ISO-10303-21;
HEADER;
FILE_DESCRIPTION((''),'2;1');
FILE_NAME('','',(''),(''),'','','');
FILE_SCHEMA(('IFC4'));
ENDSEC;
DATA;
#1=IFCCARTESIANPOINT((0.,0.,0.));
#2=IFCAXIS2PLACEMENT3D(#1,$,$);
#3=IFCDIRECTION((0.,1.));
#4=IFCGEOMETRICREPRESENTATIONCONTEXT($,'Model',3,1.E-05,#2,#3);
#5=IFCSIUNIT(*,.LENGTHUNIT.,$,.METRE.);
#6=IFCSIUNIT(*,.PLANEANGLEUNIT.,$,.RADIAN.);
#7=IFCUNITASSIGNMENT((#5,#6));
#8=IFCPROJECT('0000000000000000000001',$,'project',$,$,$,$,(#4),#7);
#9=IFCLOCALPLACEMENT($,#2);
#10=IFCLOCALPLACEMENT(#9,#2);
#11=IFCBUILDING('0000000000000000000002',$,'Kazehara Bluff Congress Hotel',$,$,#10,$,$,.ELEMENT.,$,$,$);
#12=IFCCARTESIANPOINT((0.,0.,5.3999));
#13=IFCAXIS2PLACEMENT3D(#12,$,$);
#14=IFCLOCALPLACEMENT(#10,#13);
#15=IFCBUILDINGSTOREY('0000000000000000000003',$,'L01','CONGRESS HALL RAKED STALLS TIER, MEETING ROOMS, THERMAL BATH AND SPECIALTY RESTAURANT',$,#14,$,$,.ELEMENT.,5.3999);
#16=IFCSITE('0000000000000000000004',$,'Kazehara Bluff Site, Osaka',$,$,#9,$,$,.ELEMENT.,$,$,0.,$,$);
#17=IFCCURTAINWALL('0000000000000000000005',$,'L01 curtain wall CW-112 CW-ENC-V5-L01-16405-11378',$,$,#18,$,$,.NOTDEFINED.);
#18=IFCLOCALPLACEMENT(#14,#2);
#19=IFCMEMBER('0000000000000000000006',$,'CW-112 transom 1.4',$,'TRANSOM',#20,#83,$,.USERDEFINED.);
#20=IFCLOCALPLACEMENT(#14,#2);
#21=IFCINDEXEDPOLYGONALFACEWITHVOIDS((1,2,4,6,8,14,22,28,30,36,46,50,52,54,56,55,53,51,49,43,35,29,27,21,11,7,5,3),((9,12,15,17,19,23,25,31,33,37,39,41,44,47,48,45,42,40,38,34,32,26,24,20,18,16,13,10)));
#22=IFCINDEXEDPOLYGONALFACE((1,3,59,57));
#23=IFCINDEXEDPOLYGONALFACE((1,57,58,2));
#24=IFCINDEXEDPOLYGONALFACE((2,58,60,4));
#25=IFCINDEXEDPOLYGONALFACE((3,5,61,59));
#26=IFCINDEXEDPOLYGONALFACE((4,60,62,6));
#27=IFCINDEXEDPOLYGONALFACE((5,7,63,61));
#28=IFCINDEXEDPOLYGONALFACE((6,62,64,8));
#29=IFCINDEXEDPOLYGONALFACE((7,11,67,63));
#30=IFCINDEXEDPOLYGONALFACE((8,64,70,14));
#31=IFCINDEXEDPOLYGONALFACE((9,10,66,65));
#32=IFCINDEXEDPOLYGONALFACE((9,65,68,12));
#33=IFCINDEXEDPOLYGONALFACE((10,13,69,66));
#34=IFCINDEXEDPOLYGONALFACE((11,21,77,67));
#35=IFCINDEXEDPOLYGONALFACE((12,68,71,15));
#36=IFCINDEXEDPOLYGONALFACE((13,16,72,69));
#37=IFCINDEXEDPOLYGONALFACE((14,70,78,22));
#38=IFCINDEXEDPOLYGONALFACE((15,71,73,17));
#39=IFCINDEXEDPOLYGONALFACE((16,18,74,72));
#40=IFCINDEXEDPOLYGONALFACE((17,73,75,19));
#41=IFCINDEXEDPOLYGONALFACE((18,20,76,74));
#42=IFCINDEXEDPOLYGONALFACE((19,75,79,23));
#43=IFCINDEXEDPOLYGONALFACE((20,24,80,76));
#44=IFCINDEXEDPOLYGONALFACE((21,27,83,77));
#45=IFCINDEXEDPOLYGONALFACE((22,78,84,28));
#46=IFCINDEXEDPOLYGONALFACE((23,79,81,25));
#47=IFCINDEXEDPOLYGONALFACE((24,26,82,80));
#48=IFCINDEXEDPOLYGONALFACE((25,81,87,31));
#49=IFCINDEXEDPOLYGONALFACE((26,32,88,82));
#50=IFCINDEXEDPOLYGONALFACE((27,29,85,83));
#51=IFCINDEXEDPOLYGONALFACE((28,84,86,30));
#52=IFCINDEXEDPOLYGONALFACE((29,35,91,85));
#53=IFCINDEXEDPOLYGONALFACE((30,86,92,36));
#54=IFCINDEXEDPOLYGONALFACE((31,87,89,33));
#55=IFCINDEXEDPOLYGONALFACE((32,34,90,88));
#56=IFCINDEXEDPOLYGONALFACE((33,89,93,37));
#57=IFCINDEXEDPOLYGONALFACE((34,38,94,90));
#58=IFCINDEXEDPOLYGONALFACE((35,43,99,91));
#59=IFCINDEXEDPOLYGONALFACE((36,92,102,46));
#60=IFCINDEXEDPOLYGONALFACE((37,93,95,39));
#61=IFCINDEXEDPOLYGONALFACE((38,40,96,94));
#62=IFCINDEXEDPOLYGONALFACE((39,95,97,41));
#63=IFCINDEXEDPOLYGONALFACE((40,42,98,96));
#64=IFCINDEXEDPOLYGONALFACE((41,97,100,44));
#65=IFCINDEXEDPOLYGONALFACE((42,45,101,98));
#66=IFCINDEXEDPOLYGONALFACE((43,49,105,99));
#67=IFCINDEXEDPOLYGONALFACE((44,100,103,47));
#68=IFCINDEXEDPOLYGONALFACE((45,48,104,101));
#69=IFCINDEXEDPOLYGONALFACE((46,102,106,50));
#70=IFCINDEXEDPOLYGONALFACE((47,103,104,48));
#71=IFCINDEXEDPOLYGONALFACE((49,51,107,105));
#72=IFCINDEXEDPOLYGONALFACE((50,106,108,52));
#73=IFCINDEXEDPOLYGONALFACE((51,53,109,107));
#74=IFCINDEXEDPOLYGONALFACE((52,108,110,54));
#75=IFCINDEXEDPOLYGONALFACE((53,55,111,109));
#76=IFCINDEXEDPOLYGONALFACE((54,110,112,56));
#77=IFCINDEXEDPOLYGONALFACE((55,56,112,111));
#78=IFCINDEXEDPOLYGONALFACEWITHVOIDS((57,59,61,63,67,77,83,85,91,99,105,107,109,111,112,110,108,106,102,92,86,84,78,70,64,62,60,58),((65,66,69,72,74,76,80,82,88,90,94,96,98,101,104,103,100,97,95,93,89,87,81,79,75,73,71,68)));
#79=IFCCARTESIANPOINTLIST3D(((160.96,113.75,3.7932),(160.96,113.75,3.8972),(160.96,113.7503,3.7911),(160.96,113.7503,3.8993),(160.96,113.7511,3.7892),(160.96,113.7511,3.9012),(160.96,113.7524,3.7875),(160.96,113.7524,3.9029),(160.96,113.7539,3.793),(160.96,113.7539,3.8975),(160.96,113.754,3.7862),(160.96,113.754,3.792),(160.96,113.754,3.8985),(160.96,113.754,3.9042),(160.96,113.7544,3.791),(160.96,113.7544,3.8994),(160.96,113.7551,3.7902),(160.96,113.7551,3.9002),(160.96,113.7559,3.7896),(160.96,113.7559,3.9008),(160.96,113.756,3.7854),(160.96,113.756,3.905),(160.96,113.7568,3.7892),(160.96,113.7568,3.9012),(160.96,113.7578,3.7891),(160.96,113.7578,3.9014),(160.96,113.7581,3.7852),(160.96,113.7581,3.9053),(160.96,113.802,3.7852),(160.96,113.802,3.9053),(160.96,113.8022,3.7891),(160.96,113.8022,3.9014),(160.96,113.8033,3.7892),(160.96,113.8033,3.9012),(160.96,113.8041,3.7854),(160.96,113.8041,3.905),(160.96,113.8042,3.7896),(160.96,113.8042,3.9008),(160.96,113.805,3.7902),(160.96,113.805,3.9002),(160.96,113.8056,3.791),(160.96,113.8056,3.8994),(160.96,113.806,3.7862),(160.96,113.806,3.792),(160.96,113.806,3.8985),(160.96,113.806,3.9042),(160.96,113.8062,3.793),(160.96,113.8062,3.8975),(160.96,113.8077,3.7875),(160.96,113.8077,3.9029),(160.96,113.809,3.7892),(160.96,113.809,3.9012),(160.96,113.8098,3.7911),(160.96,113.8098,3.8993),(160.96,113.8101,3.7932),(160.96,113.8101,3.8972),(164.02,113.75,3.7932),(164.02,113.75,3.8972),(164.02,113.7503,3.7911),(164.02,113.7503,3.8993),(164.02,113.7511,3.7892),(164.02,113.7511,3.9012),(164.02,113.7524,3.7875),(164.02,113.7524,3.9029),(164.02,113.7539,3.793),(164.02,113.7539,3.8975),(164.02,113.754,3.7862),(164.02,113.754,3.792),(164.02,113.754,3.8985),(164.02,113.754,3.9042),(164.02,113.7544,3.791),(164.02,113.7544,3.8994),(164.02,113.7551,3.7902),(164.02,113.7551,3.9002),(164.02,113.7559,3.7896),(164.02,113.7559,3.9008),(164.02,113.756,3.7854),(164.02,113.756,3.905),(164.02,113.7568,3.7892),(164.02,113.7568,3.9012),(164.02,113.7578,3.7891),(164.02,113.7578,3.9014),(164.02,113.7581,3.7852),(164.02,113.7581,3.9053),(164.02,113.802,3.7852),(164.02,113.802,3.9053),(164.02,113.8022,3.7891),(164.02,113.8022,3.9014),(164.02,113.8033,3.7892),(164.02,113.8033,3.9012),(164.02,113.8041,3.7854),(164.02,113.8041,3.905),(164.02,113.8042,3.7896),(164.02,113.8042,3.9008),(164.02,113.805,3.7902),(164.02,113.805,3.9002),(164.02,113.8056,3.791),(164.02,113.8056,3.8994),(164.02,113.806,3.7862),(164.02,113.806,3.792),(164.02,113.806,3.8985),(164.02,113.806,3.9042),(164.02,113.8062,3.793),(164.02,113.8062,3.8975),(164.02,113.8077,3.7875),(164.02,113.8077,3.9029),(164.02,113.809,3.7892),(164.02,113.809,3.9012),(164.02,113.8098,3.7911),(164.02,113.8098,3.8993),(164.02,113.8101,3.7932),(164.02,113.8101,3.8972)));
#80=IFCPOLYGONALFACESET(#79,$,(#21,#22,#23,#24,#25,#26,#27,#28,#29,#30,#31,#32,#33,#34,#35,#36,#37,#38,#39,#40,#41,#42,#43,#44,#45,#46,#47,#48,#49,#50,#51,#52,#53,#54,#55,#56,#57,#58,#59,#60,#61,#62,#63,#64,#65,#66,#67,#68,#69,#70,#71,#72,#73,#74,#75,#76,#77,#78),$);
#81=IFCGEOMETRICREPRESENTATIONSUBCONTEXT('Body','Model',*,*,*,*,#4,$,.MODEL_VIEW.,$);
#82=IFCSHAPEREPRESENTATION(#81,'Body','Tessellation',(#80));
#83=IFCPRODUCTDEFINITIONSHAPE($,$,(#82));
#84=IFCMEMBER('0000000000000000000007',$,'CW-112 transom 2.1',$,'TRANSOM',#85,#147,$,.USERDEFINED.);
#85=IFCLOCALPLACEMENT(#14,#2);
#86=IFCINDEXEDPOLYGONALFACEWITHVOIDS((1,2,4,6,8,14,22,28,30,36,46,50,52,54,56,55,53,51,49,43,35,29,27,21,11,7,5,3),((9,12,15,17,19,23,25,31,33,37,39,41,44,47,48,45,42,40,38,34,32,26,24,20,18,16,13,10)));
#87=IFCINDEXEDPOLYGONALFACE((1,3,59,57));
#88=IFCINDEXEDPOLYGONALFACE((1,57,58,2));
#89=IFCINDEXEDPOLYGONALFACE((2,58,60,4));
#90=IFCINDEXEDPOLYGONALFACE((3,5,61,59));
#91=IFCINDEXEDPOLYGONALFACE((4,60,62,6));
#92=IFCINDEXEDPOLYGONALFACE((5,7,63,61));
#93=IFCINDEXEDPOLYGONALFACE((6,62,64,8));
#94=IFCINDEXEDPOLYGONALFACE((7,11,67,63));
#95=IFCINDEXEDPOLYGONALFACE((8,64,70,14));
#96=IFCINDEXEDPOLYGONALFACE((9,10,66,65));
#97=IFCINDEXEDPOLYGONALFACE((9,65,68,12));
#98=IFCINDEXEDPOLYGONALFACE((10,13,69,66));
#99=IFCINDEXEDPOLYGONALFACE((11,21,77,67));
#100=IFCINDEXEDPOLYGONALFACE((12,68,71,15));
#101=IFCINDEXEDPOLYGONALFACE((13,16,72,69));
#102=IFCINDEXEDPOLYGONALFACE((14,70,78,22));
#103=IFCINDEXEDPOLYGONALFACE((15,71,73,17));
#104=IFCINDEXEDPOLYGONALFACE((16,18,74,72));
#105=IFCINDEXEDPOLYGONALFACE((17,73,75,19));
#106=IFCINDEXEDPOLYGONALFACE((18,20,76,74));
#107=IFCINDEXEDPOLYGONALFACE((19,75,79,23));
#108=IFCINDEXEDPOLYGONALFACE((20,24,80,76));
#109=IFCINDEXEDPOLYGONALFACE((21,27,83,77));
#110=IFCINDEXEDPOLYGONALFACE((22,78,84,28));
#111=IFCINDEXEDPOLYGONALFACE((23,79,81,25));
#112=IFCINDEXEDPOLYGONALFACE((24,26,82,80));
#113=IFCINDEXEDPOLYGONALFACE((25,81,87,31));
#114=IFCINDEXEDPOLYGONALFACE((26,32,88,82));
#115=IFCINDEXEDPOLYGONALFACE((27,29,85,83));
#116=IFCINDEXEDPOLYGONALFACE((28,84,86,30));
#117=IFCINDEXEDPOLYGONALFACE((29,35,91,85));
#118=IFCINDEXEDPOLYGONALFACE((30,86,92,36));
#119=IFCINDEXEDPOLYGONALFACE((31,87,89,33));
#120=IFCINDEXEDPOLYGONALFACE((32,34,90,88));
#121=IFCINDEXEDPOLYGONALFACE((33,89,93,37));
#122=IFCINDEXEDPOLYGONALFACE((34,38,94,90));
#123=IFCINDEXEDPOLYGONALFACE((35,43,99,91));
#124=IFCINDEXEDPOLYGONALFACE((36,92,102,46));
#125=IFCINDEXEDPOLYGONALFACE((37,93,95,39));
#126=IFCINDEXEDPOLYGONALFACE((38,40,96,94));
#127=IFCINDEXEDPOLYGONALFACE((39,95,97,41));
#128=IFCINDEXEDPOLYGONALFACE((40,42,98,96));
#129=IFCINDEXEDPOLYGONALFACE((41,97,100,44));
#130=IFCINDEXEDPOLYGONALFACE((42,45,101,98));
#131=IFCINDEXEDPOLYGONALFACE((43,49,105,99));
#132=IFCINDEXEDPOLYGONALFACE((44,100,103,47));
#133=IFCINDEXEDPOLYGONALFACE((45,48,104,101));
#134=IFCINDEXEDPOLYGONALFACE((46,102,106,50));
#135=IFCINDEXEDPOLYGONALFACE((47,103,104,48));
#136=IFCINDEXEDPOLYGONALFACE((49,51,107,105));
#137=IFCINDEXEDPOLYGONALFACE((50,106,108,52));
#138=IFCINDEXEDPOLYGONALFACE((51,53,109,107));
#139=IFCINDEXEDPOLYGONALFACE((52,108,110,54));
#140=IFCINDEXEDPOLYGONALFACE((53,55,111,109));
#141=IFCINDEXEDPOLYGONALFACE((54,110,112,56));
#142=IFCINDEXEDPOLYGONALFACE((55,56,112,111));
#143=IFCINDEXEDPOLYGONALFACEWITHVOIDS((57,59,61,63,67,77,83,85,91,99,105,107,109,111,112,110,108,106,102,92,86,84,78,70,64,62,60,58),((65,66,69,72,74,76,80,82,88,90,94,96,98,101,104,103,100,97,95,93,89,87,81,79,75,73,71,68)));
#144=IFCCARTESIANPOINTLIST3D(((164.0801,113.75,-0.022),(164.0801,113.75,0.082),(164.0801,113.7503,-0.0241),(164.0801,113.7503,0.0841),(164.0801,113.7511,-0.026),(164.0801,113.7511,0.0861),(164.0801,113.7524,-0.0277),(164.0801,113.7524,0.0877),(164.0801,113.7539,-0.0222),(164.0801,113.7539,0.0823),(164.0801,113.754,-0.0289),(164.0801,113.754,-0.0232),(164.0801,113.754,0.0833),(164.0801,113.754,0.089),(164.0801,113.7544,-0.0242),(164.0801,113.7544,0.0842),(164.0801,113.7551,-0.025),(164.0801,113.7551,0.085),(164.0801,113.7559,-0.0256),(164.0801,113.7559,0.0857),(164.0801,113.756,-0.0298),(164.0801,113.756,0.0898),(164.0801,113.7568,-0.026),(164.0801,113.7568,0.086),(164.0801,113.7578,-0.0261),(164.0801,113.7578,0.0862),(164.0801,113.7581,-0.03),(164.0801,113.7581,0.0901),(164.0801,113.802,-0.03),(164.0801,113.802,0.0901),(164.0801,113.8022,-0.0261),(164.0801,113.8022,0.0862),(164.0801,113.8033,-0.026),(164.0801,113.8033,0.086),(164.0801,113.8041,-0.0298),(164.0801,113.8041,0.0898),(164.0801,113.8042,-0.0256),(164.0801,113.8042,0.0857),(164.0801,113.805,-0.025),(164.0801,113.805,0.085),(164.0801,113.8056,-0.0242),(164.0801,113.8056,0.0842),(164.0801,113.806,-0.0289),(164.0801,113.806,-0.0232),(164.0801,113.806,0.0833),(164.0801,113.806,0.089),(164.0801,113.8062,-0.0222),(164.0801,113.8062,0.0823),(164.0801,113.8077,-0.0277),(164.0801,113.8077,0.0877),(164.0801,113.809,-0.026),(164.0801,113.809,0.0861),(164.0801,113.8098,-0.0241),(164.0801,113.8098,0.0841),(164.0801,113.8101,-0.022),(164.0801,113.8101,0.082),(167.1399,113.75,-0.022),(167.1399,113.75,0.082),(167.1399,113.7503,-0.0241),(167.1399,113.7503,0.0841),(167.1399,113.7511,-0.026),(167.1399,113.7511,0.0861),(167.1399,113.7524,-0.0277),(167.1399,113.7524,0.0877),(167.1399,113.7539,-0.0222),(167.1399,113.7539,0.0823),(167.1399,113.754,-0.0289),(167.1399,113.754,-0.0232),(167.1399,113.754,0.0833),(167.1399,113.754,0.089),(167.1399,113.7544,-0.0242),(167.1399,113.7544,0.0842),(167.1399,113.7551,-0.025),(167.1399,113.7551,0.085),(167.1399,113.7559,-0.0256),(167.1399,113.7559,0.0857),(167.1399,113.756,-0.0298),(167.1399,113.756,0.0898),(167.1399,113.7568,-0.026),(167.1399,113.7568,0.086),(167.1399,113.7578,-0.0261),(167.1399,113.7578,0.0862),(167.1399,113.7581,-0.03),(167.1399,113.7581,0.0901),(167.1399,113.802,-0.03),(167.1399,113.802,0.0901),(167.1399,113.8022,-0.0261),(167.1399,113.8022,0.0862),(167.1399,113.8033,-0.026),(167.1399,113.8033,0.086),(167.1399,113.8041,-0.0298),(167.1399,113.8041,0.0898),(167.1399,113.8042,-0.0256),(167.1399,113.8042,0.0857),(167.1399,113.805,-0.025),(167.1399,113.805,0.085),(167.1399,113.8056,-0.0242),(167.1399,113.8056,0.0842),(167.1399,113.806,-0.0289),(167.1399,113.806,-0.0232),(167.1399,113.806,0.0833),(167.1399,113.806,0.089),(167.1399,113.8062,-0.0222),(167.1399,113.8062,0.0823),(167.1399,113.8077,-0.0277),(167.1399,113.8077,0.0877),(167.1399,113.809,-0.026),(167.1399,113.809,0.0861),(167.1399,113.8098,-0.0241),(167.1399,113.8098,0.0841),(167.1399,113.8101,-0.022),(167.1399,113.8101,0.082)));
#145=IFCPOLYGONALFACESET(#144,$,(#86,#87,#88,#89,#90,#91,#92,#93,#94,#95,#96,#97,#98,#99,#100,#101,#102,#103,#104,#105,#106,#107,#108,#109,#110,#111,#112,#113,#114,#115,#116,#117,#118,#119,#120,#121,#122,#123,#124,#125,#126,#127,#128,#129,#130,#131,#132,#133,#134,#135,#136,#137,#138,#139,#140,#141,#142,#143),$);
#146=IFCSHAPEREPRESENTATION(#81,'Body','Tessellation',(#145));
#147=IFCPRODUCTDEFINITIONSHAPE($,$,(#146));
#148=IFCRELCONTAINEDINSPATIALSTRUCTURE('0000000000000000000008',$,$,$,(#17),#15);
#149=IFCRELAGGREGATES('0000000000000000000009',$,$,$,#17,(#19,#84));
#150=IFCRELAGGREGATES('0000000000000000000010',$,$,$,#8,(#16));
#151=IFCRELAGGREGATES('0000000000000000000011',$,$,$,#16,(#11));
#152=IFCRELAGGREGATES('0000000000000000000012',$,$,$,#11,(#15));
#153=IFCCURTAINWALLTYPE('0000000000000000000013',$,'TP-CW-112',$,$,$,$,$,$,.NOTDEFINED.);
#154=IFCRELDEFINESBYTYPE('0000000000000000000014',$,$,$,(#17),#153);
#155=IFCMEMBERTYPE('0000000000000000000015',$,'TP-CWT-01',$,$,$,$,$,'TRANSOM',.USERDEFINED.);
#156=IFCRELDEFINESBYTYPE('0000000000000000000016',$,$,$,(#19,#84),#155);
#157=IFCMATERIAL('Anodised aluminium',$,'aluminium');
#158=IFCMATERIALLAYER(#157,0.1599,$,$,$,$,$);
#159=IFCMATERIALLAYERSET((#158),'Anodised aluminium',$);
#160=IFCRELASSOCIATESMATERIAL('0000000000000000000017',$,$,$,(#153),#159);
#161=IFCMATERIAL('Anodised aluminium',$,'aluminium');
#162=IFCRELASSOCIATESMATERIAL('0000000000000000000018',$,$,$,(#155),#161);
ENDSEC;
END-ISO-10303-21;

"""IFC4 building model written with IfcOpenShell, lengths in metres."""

from ifc_helpers import new_model, si_unit, direction, frame, origin, origin_2d, place, context, subcontext, project, spatial, hollow_rectangle, extrude, material, layer, layer_set, material_profile, profile_set, type_object, element, aggregate, save


model = new_model("IFC4")

# Units and contexts
model_context = context("Model", 3, precision=1e-05, world=origin(), true_north=direction((0.0, 1.0)))
body_context = subcontext(model_context, "Body", "Model", "MODEL_VIEW")
ifc_project = project(units=[si_unit("LENGTHUNIT", "METRE"), si_unit("PLANEANGLEUNIT", "RADIAN")], contexts=[model_context])

# Site, building, storey
site_placement = place(None, origin())
site = spatial("IfcSite", under=ifc_project, at=site_placement, Name="Kazehara Bluff Site, Osaka", CompositionType="ELEMENT", RefElevation=0.0)
building_placement = place(site_placement, origin())
building = spatial("IfcBuilding", under=site, at=building_placement, Name="Kazehara Bluff Congress Hotel", CompositionType="ELEMENT")
storey_placement = place(building_placement, frame((0.0, 0.0, 5.3999)))
storey = spatial("IfcBuildingStorey", under=building, at=storey_placement, Name="L01", Description="CONGRESS HALL RAKED STALLS TIER, MEETING ROOMS, THERMAL BATH AND SPECIALTY RESTAURANT", CompositionType="ELEMENT", Elevation=5.3999)

# Curtain wall
ifc_material_1 = material(Name="Anodised aluminium", Category="aluminium")
ifc_layer_1 = layer(ifc_material_1, 0.1599)
ifc_layer_set_1 = layer_set([ifc_layer_1], Name="Anodised aluminium")
curtain_wall_type_1 = type_object("IfcCurtainWallType", Name="TP-CW-112", PredefinedType="NOTDEFINED", material=ifc_layer_set_1)
curtain_wall_1_placement = place(storey_placement, origin())
curtain_wall_1 = element("IfcCurtainWall", 1, at=curtain_wall_1_placement, inside=storey, type_object=curtain_wall_type_1, Name="L01 curtain wall CW-112 CW-ENC-V5-L01-16405-11378", PredefinedType="NOTDEFINED")

# Members
ifc_material_2 = material(Name="Anodised aluminium", Category="aluminium")
ifc_material_profile_1 = material_profile(ifc_material_2, hollow_rectangle(XDim=0.0601, YDim=0.1201, WallThickness=0.0039, InnerFilletRadius=0.0039, OuterFilletRadius=0.0081, at=origin_2d()))
ifc_profile_set_1 = profile_set([ifc_material_profile_1], Name="Anodised aluminium")
member_type_1 = type_object("IfcMemberType", Name="TP-CWT-01", ElementType="TRANSOM", PredefinedType="USERDEFINED", material=ifc_profile_set_1)
member_1_placement = place(storey_placement, frame((160.96, 113.78, 3.8452), z_axis=(1.0, 0.0, 0.0), x_axis=(0.0, 1.0, 0.0)))
member_1 = element("IfcMember", 2, at=member_1_placement, type_object=member_type_1, Name="CW-112 transom 1.4", ObjectType="TRANSOM", PredefinedType="USERDEFINED", context=body_context, shape_type="SweptSolid", body=[
    extrude(hollow_rectangle(XDim=0.0601, YDim=0.1201, WallThickness=0.0039, InnerFilletRadius=0.0039, OuterFilletRadius=0.0081, at=origin_2d()), origin(), (0.0, 0.0, 1.0), 3.0601),
])
member_2_placement = place(storey_placement, frame((164.0801, 113.78, 0.03), z_axis=(1.0, 0.0, 0.0), x_axis=(0.0, 1.0, 0.0)))
member_2 = element("IfcMember", 3, at=member_2_placement, type_object=member_type_1, Name="CW-112 transom 2.1", ObjectType="TRANSOM", PredefinedType="USERDEFINED", context=body_context, shape_type="SweptSolid", body=[
    extrude(hollow_rectangle(XDim=0.0601, YDim=0.1201, WallThickness=0.0039, InnerFilletRadius=0.0039, OuterFilletRadius=0.0081, at=origin_2d()), origin(), (0.0, 0.0, 1.0), 3.0598),
])

aggregate(curtain_wall_1, [member_1, member_2])

save(model, "model.ifc")
